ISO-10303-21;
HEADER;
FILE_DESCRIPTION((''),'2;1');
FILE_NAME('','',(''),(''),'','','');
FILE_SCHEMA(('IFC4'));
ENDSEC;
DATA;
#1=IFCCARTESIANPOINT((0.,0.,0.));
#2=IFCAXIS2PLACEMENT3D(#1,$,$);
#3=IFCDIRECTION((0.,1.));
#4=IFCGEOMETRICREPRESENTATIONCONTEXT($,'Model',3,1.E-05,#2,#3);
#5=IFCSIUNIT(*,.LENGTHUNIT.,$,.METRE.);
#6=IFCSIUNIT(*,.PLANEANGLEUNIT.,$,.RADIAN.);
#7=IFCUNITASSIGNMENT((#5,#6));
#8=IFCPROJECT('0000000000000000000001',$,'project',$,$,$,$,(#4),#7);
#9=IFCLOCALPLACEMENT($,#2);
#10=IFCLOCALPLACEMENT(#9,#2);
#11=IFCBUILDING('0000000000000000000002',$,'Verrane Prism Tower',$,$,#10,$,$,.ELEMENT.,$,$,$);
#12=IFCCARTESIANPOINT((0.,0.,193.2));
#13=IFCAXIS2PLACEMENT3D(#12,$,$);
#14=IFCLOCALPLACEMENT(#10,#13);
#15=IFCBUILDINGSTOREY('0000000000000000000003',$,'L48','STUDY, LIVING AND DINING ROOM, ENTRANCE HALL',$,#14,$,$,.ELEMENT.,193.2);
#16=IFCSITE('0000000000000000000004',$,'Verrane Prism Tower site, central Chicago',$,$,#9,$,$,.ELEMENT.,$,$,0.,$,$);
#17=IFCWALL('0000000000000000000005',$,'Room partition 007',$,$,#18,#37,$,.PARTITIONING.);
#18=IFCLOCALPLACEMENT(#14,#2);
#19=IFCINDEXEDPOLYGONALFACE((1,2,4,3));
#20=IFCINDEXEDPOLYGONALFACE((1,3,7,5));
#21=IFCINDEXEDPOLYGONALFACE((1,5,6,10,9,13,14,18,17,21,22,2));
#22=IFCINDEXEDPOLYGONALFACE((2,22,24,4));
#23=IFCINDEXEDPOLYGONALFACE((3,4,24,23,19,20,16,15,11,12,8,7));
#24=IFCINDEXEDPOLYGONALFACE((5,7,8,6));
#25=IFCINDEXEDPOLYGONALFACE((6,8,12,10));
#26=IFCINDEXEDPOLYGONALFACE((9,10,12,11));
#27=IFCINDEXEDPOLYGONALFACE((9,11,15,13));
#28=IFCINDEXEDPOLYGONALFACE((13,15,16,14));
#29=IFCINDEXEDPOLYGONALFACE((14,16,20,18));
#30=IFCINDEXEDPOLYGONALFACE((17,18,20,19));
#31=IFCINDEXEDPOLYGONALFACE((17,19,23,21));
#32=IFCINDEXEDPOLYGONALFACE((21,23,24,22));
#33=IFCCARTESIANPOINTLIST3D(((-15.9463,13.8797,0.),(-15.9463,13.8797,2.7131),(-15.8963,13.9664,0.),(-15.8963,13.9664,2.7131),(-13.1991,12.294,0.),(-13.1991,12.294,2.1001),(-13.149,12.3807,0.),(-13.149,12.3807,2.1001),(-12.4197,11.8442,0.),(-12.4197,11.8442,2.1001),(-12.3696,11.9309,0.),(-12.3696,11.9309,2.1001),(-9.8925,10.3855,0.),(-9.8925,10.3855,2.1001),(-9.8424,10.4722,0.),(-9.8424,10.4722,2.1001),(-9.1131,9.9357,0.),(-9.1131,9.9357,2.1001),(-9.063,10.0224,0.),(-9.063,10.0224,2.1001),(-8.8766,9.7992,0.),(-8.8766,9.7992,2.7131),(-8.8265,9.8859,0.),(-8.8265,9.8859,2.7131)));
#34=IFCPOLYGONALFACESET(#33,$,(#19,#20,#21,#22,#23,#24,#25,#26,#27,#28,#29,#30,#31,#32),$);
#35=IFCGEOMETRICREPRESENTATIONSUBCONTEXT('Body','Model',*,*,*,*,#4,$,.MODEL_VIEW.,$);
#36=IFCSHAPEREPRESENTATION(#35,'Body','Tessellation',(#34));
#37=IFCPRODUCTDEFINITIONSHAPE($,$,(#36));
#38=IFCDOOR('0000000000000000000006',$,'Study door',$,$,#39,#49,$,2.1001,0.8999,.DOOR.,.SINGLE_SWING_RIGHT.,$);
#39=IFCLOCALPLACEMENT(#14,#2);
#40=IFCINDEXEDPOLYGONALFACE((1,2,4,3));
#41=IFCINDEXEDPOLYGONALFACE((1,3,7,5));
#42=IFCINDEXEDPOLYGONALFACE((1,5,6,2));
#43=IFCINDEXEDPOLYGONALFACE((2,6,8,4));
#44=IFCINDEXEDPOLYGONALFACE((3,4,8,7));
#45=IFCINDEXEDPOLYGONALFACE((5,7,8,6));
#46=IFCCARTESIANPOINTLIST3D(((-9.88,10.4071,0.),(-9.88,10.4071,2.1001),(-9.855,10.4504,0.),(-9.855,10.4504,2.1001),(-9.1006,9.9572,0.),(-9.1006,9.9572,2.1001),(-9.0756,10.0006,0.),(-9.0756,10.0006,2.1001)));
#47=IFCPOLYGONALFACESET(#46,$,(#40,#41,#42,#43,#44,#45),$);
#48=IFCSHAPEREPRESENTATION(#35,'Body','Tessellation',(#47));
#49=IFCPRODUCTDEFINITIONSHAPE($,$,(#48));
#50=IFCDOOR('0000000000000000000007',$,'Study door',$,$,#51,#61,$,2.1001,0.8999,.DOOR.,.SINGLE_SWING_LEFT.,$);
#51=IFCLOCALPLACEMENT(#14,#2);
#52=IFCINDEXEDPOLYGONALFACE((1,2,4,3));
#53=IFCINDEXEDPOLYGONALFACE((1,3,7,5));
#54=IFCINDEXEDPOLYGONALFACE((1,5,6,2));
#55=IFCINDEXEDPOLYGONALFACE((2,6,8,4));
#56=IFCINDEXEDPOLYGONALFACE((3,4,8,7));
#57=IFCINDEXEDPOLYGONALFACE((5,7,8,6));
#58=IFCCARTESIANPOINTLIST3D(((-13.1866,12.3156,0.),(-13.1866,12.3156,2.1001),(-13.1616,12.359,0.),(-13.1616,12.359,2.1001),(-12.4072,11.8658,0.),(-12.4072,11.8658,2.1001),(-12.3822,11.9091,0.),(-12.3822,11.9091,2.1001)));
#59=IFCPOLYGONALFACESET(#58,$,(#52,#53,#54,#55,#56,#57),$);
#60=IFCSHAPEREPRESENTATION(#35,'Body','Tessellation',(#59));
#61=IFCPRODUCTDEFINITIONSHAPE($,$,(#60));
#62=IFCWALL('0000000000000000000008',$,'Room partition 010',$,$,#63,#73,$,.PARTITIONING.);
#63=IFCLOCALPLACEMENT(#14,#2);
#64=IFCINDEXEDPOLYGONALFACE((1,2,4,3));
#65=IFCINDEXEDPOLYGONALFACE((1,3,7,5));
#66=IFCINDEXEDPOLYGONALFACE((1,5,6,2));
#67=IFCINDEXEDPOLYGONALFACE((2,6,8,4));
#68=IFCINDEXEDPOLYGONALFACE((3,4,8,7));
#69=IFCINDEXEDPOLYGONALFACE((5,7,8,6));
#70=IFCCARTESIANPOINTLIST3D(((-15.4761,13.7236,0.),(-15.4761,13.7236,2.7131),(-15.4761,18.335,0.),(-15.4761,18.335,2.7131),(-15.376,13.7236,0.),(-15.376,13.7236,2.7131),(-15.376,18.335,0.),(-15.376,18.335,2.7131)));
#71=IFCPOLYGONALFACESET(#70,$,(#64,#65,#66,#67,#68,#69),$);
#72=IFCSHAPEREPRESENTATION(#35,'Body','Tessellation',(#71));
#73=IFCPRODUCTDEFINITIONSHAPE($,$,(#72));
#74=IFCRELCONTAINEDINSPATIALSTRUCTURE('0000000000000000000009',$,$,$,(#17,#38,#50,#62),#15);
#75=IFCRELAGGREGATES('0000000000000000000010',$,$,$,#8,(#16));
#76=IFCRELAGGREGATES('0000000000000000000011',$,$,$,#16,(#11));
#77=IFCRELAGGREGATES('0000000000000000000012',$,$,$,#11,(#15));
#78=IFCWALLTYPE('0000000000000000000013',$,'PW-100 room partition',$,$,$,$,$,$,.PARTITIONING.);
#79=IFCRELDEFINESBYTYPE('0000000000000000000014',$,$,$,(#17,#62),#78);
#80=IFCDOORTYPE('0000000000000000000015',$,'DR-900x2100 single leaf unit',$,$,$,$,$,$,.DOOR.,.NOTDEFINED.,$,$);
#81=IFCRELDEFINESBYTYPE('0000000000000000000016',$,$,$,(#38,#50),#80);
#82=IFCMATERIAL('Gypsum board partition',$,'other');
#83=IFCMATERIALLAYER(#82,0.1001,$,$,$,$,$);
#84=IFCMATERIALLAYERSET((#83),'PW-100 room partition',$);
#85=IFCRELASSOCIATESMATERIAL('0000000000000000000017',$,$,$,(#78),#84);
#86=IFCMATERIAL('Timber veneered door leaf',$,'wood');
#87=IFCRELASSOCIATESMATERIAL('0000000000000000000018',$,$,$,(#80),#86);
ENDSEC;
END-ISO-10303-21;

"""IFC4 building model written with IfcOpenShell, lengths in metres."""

from ifc_helpers import new_model, si_unit, direction, frame, frame_2d, origin, place, context, subcontext, project, spatial, rectangle, extrude, material, layer, layer_set, type_object, element, fill, save


model = new_model("IFC4")

# Units and contexts
model_context = context("Model", 3, precision=1e-05, world=origin(), true_north=direction((0.0, 1.0)))
body_context = subcontext(model_context, "Body", "Model", "MODEL_VIEW")
ifc_project = project(units=[si_unit("LENGTHUNIT", "METRE"), si_unit("PLANEANGLEUNIT", "RADIAN")], contexts=[model_context])

# Site, building, storey
site_placement = place(None, origin())
site = spatial("IfcSite", under=ifc_project, at=site_placement, Name="Verrane Prism Tower site, central Chicago", CompositionType="ELEMENT", RefElevation=0.0)
building_placement = place(site_placement, origin())
building = spatial("IfcBuilding", under=site, at=building_placement, Name="Verrane Prism Tower", CompositionType="ELEMENT")
storey_placement = place(building_placement, frame((0.0, 0.0, 193.2)))
storey = spatial("IfcBuildingStorey", under=building, at=storey_placement, Name="L48", Description="STUDY, LIVING AND DINING ROOM, ENTRANCE HALL", CompositionType="ELEMENT", Elevation=193.2)

# Wall, openings, doors
ifc_material_1 = material(Name="Gypsum board partition", Category="other")
ifc_layer_1 = layer(ifc_material_1, 0.1001)
ifc_layer_set_1 = layer_set([ifc_layer_1], Name="PW-100 room partition")
wall_type = type_object("IfcWallType", Name="PW-100 room partition", PredefinedType="PARTITIONING", material=ifc_layer_set_1)
wall_1_placement = place(storey_placement, frame((-15.9214, 13.9231, 0.0), z_axis=(0.0, 0.0, 1.0), x_axis=(0.866089, -0.49989, 0.0)))
wall_1 = element("IfcWall", 1, at=wall_1_placement, inside=storey, type_object=wall_type, Name="Room partition 007", PredefinedType="PARTITIONING", context=body_context, shape_type="SweptSolid", body=[
    extrude(rectangle(XDim=8.1628, YDim=0.1001, at=frame_2d((4.0815, 0.0))), origin(), (0.0, 0.0, 1.0), 2.7131),
])
opening_1_placement = place(wall_1_placement, frame((6.99, 0.0, 0.0)))
opening_1 = element("IfcOpeningElement", 2, at=opening_1_placement, cuts=wall_1, PredefinedType="OPENING", context=body_context, shape_type="SweptSolid", body=[
    extrude(rectangle(XDim=0.8999, YDim=2.1001, at=frame_2d((0.45, 1.05))), frame((0.0, 0.0601, 0.0), z_axis=(0.0, -1.0, 0.0), x_axis=(1.0, 0.0, 0.0)), (0.0, 0.0, 1.0), 0.1201),
])
opening_2_placement = place(wall_1_placement, frame((3.1721, 0.0, 0.0)))
opening_2 = element("IfcOpeningElement", 3, at=opening_2_placement, cuts=wall_1, PredefinedType="OPENING", context=body_context, shape_type="SweptSolid", body=[
    extrude(rectangle(XDim=0.8999, YDim=2.1001, at=frame_2d((0.45, 1.05))), frame((0.0, 0.0601, 0.0), z_axis=(0.0, -1.0, 0.0), x_axis=(1.0, 0.0, 0.0)), (0.0, 0.0, 1.0), 0.1201),
])
ifc_material_2 = material(Name="Timber veneered door leaf", Category="wood")
door_type = type_object("IfcDoorType", Name="DR-900x2100 single leaf unit", OperationType="NOTDEFINED", PredefinedType="DOOR", material=ifc_material_2)
door_1_placement = place(opening_1_placement, origin())
door_1 = element("IfcDoor", 4, at=door_1_placement, inside=storey, type_object=door_type, Name="Study door", OperationType="SINGLE_SWING_RIGHT", OverallHeight=2.1001, OverallWidth=0.8999, PredefinedType="DOOR", context=body_context, shape_type="SweptSolid", body=[
    extrude(rectangle(XDim=0.8999, YDim=2.1001, at=frame_2d((0.45, 1.05))), frame((0.0, 0.0249, 0.0), z_axis=(0.0, -1.0, 0.0), x_axis=(1.0, 0.0, 0.0)), (0.0, 0.0, 1.0), 0.05),
])
fill(opening_1, door_1)
door_2_placement = place(opening_2_placement, origin())
door_2 = element("IfcDoor", 5, at=door_2_placement, inside=storey, type_object=door_type, Name="Study door", OperationType="SINGLE_SWING_LEFT", OverallHeight=2.1001, OverallWidth=0.8999, PredefinedType="DOOR", context=body_context, shape_type="SweptSolid", body=[
    extrude(rectangle(XDim=0.8999, YDim=2.1001, at=frame_2d((0.45, 1.05))), frame((0.0, 0.0249, 0.0), z_axis=(0.0, -1.0, 0.0), x_axis=(1.0, 0.0, 0.0)), (0.0, 0.0, 1.0), 0.05),
])
fill(opening_2, door_2)

# Wall
wall_2_placement = place(storey_placement, frame((-15.426, 13.7236, 0.0), z_axis=(0.0, 0.0, 1.0), x_axis=(0.0, 1.0, 0.0)))
element("IfcWall", 6, at=wall_2_placement, inside=storey, type_object=wall_type, Name="Room partition 010", PredefinedType="PARTITIONING", context=body_context, shape_type="SweptSolid", body=[
    extrude(rectangle(XDim=4.6113, YDim=0.1001, at=frame_2d((2.3057, 0.0))), origin(), (0.0, 0.0, 1.0), 2.7131),
])

save(model, "model.ifc")
